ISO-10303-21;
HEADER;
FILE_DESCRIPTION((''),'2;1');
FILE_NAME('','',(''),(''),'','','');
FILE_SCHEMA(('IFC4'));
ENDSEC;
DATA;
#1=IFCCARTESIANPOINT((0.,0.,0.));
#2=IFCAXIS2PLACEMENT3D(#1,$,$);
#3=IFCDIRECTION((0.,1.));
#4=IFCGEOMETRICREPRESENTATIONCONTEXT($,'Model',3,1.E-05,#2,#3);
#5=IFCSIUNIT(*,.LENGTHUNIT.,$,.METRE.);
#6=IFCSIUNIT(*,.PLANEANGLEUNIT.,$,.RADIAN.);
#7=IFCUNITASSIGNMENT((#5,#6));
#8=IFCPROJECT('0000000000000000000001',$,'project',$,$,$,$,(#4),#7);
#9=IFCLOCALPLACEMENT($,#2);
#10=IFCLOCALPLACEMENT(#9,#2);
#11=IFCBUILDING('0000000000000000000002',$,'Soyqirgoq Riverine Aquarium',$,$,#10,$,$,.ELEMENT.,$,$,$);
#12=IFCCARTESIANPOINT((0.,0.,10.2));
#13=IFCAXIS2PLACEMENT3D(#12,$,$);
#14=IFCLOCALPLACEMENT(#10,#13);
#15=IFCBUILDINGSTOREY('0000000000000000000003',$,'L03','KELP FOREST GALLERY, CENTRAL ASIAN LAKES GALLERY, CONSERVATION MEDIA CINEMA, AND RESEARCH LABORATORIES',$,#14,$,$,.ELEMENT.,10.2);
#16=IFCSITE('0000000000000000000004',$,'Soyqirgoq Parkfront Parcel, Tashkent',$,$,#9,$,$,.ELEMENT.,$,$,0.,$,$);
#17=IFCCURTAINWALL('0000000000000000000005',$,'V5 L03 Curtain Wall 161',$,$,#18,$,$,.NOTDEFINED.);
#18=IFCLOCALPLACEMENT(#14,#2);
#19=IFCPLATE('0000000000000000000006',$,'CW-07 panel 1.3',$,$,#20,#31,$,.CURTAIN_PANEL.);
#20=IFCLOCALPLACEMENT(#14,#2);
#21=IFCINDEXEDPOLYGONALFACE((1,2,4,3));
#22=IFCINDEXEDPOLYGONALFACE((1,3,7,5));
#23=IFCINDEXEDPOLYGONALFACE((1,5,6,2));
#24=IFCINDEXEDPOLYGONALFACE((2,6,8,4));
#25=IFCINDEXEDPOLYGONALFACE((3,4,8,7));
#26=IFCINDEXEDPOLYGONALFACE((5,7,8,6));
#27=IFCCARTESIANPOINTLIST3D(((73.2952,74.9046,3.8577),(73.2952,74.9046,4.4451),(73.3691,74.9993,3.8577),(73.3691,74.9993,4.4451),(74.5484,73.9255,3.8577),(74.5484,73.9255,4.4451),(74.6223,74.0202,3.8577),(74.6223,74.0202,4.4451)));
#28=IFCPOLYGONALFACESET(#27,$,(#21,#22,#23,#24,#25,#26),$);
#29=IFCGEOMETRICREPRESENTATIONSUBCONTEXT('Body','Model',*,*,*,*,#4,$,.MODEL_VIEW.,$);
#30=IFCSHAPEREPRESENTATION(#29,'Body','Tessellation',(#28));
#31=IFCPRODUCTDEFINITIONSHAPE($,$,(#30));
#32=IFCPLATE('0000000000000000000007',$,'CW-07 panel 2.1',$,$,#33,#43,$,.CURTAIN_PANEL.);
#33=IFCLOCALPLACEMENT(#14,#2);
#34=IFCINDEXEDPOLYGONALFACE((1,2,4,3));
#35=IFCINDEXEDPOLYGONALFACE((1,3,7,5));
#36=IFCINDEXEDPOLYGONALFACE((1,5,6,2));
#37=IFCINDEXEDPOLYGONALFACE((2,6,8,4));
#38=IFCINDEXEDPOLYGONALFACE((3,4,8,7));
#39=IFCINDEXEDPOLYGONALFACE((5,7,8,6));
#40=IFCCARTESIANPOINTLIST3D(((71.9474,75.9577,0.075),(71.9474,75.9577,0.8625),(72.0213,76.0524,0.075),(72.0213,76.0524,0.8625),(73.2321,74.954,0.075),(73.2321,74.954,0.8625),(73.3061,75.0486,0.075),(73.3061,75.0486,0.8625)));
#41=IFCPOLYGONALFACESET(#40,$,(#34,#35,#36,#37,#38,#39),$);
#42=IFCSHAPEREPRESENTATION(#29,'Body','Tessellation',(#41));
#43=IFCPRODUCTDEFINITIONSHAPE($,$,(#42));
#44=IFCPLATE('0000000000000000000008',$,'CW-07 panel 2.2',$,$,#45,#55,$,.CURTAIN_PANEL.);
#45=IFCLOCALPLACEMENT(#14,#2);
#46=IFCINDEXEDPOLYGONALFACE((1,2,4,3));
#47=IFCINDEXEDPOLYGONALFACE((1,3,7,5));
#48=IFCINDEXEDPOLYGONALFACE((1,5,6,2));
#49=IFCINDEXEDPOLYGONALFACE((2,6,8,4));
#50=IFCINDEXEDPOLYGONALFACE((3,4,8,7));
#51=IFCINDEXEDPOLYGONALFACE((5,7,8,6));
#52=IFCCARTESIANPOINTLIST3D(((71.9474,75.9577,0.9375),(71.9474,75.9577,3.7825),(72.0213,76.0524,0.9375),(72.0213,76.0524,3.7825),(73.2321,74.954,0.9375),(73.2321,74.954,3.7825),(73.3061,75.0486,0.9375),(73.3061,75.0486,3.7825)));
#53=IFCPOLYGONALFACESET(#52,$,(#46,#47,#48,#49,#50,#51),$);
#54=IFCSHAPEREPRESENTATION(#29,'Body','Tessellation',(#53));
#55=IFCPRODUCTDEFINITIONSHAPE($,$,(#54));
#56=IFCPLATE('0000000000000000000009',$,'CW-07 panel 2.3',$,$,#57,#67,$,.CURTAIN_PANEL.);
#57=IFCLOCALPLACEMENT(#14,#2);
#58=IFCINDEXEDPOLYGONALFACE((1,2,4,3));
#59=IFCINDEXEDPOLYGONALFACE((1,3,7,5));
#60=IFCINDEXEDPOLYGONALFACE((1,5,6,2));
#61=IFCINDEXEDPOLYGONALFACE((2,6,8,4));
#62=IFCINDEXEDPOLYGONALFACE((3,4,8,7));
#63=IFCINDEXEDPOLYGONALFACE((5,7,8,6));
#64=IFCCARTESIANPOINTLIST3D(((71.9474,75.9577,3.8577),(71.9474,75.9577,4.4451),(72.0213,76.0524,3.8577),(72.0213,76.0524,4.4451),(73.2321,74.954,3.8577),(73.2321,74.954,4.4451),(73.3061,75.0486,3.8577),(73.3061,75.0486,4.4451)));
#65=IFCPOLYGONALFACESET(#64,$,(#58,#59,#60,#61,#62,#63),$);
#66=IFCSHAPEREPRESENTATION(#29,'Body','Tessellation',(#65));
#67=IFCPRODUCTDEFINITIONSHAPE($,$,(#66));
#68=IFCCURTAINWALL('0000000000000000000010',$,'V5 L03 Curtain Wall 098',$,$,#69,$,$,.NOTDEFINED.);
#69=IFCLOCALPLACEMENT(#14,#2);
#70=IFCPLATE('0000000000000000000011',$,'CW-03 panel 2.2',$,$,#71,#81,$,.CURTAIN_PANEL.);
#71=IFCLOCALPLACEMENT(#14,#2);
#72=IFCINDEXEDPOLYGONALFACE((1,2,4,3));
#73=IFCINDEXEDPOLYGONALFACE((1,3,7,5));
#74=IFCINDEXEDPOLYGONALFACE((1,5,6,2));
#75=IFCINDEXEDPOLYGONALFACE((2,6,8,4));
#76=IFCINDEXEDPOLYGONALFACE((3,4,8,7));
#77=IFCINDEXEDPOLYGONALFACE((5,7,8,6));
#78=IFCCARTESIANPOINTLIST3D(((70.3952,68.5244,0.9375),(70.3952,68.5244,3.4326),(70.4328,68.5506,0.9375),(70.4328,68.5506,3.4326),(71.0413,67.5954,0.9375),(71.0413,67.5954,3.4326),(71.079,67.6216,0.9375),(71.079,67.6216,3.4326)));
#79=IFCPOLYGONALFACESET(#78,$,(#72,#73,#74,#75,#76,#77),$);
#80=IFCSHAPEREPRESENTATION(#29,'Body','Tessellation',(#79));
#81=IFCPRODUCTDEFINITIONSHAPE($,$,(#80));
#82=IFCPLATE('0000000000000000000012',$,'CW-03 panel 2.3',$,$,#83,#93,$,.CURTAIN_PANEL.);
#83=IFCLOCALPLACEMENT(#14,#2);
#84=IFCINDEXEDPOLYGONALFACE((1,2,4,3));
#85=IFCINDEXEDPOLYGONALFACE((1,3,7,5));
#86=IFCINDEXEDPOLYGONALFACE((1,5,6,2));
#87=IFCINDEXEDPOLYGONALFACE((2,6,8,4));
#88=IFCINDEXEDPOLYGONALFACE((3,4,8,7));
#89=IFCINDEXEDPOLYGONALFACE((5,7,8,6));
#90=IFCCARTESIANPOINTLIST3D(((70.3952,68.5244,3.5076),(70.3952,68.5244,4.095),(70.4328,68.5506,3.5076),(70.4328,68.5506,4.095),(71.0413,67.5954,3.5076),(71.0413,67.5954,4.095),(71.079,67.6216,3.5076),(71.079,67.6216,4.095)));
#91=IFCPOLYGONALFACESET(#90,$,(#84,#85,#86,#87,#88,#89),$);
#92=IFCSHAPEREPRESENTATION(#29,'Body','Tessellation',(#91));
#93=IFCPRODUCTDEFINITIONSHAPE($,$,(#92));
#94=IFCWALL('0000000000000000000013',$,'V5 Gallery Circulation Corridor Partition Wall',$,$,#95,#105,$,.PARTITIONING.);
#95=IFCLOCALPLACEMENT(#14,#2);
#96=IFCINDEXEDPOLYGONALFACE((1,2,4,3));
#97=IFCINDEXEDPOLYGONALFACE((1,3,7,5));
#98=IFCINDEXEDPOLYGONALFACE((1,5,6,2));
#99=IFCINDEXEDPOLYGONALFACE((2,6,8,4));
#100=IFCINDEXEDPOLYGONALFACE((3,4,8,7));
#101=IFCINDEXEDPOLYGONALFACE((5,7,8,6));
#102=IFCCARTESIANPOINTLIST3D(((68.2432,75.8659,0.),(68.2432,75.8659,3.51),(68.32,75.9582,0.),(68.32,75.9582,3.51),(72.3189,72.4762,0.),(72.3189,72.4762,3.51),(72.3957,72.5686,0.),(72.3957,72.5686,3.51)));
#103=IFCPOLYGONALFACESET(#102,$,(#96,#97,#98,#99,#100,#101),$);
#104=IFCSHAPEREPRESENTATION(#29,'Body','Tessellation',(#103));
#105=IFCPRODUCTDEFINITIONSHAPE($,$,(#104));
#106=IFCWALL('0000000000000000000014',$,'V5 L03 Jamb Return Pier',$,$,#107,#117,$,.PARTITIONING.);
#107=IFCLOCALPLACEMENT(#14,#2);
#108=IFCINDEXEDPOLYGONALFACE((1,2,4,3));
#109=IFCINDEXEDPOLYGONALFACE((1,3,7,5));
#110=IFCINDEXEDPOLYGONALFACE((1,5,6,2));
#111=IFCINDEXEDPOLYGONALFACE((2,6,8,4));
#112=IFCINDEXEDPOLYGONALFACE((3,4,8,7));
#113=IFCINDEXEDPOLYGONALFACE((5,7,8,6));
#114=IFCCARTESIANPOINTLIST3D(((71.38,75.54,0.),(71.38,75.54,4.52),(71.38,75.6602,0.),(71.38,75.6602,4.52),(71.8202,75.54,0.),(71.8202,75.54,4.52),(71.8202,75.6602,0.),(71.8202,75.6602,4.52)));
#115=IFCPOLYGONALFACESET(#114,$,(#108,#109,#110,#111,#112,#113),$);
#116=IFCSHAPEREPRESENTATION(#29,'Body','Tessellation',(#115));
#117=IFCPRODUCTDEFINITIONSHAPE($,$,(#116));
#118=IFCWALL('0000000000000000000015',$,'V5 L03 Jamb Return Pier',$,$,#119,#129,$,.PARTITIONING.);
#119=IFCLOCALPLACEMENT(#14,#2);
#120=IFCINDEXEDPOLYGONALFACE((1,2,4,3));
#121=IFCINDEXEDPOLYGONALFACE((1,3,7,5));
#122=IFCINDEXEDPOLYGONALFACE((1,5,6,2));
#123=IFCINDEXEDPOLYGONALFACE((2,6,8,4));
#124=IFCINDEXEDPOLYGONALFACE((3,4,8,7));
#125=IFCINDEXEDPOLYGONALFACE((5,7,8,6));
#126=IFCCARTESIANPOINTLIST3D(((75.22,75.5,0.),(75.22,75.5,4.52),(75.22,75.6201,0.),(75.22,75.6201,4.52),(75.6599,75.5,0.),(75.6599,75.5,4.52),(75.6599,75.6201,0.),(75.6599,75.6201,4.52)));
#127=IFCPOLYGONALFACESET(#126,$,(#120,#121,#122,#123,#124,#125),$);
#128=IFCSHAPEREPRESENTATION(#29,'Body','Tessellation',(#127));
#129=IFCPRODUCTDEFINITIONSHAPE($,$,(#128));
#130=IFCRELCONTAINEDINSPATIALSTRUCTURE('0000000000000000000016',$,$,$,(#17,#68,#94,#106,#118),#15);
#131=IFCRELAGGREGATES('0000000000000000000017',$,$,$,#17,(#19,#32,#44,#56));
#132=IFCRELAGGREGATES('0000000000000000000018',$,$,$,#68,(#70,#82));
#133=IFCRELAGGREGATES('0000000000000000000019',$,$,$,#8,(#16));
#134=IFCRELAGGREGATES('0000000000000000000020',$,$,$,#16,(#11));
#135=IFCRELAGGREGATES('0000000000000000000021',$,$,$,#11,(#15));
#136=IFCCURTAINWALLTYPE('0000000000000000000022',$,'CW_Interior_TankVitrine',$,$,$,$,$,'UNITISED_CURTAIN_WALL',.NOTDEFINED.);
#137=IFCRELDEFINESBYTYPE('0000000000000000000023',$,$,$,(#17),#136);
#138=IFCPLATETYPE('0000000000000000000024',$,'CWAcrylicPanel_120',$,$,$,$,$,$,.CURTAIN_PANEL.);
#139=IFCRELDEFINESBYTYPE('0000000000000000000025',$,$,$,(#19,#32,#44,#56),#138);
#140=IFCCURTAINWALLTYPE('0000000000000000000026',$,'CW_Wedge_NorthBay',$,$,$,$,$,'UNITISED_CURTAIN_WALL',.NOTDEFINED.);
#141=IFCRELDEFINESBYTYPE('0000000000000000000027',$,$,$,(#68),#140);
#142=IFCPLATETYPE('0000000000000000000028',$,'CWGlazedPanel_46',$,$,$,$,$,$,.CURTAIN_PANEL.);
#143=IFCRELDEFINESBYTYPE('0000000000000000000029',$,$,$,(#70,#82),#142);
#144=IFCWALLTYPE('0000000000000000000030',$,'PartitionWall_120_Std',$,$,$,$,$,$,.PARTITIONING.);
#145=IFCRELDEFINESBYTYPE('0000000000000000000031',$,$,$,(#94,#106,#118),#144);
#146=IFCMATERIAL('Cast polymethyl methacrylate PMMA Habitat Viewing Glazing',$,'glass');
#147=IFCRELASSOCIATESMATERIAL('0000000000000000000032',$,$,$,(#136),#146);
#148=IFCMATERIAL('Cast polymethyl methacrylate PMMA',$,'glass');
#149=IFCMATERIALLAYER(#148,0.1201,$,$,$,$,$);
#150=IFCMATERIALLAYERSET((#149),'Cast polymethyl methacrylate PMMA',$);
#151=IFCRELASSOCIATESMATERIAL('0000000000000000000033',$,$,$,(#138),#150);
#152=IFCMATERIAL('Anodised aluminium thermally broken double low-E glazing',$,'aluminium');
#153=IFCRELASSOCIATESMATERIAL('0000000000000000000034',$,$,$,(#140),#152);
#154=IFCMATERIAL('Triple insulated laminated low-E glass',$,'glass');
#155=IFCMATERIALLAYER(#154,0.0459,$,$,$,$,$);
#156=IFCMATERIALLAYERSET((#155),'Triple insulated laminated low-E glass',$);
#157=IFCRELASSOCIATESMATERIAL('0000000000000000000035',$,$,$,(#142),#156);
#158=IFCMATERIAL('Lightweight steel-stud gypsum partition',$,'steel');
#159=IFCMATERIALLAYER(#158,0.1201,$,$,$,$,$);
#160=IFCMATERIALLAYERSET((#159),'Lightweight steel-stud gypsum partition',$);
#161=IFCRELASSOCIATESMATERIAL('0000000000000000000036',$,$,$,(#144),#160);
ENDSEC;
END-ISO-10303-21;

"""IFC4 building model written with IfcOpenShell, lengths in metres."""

from ifc_helpers import new_model, si_unit, direction, frame, frame_2d, origin, origin_2d, place, context, subcontext, project, spatial, rectangle, extrude, material, layer, layer_set, type_object, element, aggregate, save


model = new_model("IFC4")

# Units and contexts
model_context = context("Model", 3, precision=1e-05, world=origin(), true_north=direction((0.0, 1.0)))
body_context = subcontext(model_context, "Body", "Model", "MODEL_VIEW")
ifc_project = project(units=[si_unit("LENGTHUNIT", "METRE"), si_unit("PLANEANGLEUNIT", "RADIAN")], contexts=[model_context])

# Site, building, storey
site_placement = place(None, origin())
site = spatial("IfcSite", under=ifc_project, at=site_placement, Name="Soyqirgoq Parkfront Parcel, Tashkent", CompositionType="ELEMENT", RefElevation=0.0)
building_placement = place(site_placement, origin())
building = spatial("IfcBuilding", under=site, at=building_placement, Name="Soyqirgoq Riverine Aquarium", CompositionType="ELEMENT")
storey_placement = place(building_placement, frame((0.0, 0.0, 10.2)))
storey = spatial("IfcBuildingStorey", under=building, at=storey_placement, Name="L03", Description="KELP FOREST GALLERY, CENTRAL ASIAN LAKES GALLERY, CONSERVATION MEDIA CINEMA, AND RESEARCH LABORATORIES", CompositionType="ELEMENT", Elevation=10.2)

# Curtain wall
ifc_material_1 = material(Name="Cast polymethyl methacrylate PMMA Habitat Viewing Glazing", Category="glass")
curtain_wall_type_1 = type_object("IfcCurtainWallType", Name="CW_Interior_TankVitrine", ElementType="UNITISED_CURTAIN_WALL", PredefinedType="NOTDEFINED", material=ifc_material_1)
curtain_wall_1_placement = place(storey_placement, origin())
curtain_wall_1 = element("IfcCurtainWall", 1, at=curtain_wall_1_placement, inside=storey, type_object=curtain_wall_type_1, Name="V5 L03 Curtain Wall 161", PredefinedType="NOTDEFINED")

# Plates
ifc_material_2 = material(Name="Cast polymethyl methacrylate PMMA", Category="glass")
ifc_layer_1 = layer(ifc_material_2, 0.1201)
ifc_layer_set_1 = layer_set([ifc_layer_1], Name="Cast polymethyl methacrylate PMMA")
plate_type_1 = type_object("IfcPlateType", Name="CWAcrylicPanel_120", PredefinedType="CURTAIN_PANEL", material=ifc_layer_set_1)
plate_1_placement = place(storey_placement, frame((73.9587, 74.4624, 3.8577), z_axis=(0.0, 0.0, 1.0), x_axis=(-0.788011, 0.615661, 0.0)))
plate_1 = element("IfcPlate", 2, at=plate_1_placement, type_object=plate_type_1, Name="CW-07 panel 1.3", PredefinedType="CURTAIN_PANEL", context=body_context, shape_type="SweptSolid", body=[
    extrude(rectangle(XDim=1.5903, YDim=0.1201, at=origin_2d()), origin(), (0.0, 0.0, 1.0), 0.5874),
])
plate_2_placement = place(storey_placement, frame((72.6267, 75.5032, 0.075), z_axis=(0.0, 0.0, 1.0), x_axis=(-0.788011, 0.615661, 0.0)))
plate_2 = element("IfcPlate", 3, at=plate_2_placement, type_object=plate_type_1, Name="CW-07 panel 2.1", PredefinedType="CURTAIN_PANEL", context=body_context, shape_type="SweptSolid", body=[
    extrude(rectangle(XDim=1.6304, YDim=0.1201, at=origin_2d()), origin(), (0.0, 0.0, 1.0), 0.7876),
])
plate_3_placement = place(storey_placement, frame((72.6267, 75.5032, 0.9375), z_axis=(0.0, 0.0, 1.0), x_axis=(-0.788011, 0.615661, 0.0)))
plate_3 = element("IfcPlate", 4, at=plate_3_placement, type_object=plate_type_1, Name="CW-07 panel 2.2", PredefinedType="CURTAIN_PANEL", context=body_context, shape_type="SweptSolid", body=[
    extrude(rectangle(XDim=1.6304, YDim=0.1201, at=origin_2d()), origin(), (0.0, 0.0, 1.0), 2.845),
])
plate_4_placement = place(storey_placement, frame((72.6267, 75.5032, 3.8577), z_axis=(0.0, 0.0, 1.0), x_axis=(-0.788011, 0.615661, 0.0)))
plate_4 = element("IfcPlate", 5, at=plate_4_placement, type_object=plate_type_1, Name="CW-07 panel 2.3", PredefinedType="CURTAIN_PANEL", context=body_context, shape_type="SweptSolid", body=[
    extrude(rectangle(XDim=1.6304, YDim=0.1201, at=origin_2d()), origin(), (0.0, 0.0, 1.0), 0.5874),
])
aggregate(curtain_wall_1, [plate_1, plate_2, plate_3, plate_4])

# Curtain wall, plates
ifc_material_3 = material(Name="Anodised aluminium thermally broken double low-E glazing", Category="aluminium")
curtain_wall_type_2 = type_object("IfcCurtainWallType", Name="CW_Wedge_NorthBay", ElementType="UNITISED_CURTAIN_WALL", PredefinedType="NOTDEFINED", material=ifc_material_3)
curtain_wall_2_placement = place(storey_placement, origin())
curtain_wall_2 = element("IfcCurtainWall", 6, at=curtain_wall_2_placement, inside=storey, type_object=curtain_wall_type_2, Name="V5 L03 Curtain Wall 098", PredefinedType="NOTDEFINED")
ifc_material_4 = material(Name="Triple insulated laminated low-E glass", Category="glass")
ifc_layer_2 = layer(ifc_material_4, 0.0459)
ifc_layer_set_2 = layer_set([ifc_layer_2], Name="Triple insulated laminated low-E glass")
plate_type_2 = type_object("IfcPlateType", Name="CWGlazedPanel_46", PredefinedType="CURTAIN_PANEL", material=ifc_layer_set_2)
plate_5_placement = place(storey_placement, frame((70.7371, 68.073, 0.9375), z_axis=(0.0, 0.0, 1.0), x_axis=(-0.570992, 0.820956, 0.0)))
plate_5 = element("IfcPlate", 7, at=plate_5_placement, type_object=plate_type_2, Name="CW-03 panel 2.2", PredefinedType="CURTAIN_PANEL", context=body_context, shape_type="SweptSolid", body=[
    extrude(rectangle(XDim=1.1316, YDim=0.0459, at=origin_2d()), origin(), (0.0, 0.0, 1.0), 2.4951),
])
plate_6_placement = place(storey_placement, frame((70.7371, 68.073, 3.5076), z_axis=(0.0, 0.0, 1.0), x_axis=(-0.570992, 0.820956, 0.0)))
plate_6 = element("IfcPlate", 8, at=plate_6_placement, type_object=plate_type_2, Name="CW-03 panel 2.3", PredefinedType="CURTAIN_PANEL", context=body_context, shape_type="SweptSolid", body=[
    extrude(rectangle(XDim=1.1316, YDim=0.0459, at=origin_2d()), origin(), (0.0, 0.0, 1.0), 0.5874),
])
aggregate(curtain_wall_2, [plate_5, plate_6])

# Walls
ifc_material_5 = material(Name="Lightweight steel-stud gypsum partition", Category="steel")
ifc_layer_3 = layer(ifc_material_5, 0.1201)
ifc_layer_set_3 = layer_set([ifc_layer_3], Name="Lightweight steel-stud gypsum partition")
wall_type = type_object("IfcWallType", Name="PartitionWall_120_Std", PredefinedType="PARTITIONING", material=ifc_layer_set_3)
wall_1_placement = place(storey_placement, frame((72.3572, 72.5225, 0.0), z_axis=(0.0, 0.0, 1.0), x_axis=(-0.768848, 0.639432, 0.0)))
element("IfcWall", 9, at=wall_1_placement, inside=storey, type_object=wall_type, Name="V5 Gallery Circulation Corridor Partition Wall", PredefinedType="PARTITIONING", context=body_context, shape_type="SweptSolid", body=[
    extrude(rectangle(XDim=5.301, YDim=0.1201, at=frame_2d((2.6504, 0.0))), origin(), (0.0, 0.0, 1.0), 3.51),
])
wall_2_placement = place(storey_placement, frame((71.3799, 75.6001, 0.0), z_axis=(0.0, 0.0, 1.0), x_axis=(1.0, 0.0, 0.0)))
element("IfcWall", 10, at=wall_2_placement, inside=storey, type_object=wall_type, Name="V5 L03 Jamb Return Pier", PredefinedType="PARTITIONING", context=body_context, shape_type="SweptSolid", body=[
    extrude(rectangle(XDim=0.4402, YDim=0.1201, at=frame_2d((0.2202, 0.0))), origin(), (0.0, 0.0, 1.0), 4.52),
])
wall_3_placement = place(storey_placement, frame((75.22, 75.5601, 0.0), z_axis=(0.0, 0.0, 1.0), x_axis=(1.0, 0.0, 0.0)))
element("IfcWall", 11, at=wall_3_placement, inside=storey, type_object=wall_type, Name="V5 L03 Jamb Return Pier", PredefinedType="PARTITIONING", context=body_context, shape_type="SweptSolid", body=[
    extrude(rectangle(XDim=0.4399, YDim=0.1201, at=frame_2d((0.22, 0.0))), origin(), (0.0, 0.0, 1.0), 4.52),
])

save(model, "model.ifc")
